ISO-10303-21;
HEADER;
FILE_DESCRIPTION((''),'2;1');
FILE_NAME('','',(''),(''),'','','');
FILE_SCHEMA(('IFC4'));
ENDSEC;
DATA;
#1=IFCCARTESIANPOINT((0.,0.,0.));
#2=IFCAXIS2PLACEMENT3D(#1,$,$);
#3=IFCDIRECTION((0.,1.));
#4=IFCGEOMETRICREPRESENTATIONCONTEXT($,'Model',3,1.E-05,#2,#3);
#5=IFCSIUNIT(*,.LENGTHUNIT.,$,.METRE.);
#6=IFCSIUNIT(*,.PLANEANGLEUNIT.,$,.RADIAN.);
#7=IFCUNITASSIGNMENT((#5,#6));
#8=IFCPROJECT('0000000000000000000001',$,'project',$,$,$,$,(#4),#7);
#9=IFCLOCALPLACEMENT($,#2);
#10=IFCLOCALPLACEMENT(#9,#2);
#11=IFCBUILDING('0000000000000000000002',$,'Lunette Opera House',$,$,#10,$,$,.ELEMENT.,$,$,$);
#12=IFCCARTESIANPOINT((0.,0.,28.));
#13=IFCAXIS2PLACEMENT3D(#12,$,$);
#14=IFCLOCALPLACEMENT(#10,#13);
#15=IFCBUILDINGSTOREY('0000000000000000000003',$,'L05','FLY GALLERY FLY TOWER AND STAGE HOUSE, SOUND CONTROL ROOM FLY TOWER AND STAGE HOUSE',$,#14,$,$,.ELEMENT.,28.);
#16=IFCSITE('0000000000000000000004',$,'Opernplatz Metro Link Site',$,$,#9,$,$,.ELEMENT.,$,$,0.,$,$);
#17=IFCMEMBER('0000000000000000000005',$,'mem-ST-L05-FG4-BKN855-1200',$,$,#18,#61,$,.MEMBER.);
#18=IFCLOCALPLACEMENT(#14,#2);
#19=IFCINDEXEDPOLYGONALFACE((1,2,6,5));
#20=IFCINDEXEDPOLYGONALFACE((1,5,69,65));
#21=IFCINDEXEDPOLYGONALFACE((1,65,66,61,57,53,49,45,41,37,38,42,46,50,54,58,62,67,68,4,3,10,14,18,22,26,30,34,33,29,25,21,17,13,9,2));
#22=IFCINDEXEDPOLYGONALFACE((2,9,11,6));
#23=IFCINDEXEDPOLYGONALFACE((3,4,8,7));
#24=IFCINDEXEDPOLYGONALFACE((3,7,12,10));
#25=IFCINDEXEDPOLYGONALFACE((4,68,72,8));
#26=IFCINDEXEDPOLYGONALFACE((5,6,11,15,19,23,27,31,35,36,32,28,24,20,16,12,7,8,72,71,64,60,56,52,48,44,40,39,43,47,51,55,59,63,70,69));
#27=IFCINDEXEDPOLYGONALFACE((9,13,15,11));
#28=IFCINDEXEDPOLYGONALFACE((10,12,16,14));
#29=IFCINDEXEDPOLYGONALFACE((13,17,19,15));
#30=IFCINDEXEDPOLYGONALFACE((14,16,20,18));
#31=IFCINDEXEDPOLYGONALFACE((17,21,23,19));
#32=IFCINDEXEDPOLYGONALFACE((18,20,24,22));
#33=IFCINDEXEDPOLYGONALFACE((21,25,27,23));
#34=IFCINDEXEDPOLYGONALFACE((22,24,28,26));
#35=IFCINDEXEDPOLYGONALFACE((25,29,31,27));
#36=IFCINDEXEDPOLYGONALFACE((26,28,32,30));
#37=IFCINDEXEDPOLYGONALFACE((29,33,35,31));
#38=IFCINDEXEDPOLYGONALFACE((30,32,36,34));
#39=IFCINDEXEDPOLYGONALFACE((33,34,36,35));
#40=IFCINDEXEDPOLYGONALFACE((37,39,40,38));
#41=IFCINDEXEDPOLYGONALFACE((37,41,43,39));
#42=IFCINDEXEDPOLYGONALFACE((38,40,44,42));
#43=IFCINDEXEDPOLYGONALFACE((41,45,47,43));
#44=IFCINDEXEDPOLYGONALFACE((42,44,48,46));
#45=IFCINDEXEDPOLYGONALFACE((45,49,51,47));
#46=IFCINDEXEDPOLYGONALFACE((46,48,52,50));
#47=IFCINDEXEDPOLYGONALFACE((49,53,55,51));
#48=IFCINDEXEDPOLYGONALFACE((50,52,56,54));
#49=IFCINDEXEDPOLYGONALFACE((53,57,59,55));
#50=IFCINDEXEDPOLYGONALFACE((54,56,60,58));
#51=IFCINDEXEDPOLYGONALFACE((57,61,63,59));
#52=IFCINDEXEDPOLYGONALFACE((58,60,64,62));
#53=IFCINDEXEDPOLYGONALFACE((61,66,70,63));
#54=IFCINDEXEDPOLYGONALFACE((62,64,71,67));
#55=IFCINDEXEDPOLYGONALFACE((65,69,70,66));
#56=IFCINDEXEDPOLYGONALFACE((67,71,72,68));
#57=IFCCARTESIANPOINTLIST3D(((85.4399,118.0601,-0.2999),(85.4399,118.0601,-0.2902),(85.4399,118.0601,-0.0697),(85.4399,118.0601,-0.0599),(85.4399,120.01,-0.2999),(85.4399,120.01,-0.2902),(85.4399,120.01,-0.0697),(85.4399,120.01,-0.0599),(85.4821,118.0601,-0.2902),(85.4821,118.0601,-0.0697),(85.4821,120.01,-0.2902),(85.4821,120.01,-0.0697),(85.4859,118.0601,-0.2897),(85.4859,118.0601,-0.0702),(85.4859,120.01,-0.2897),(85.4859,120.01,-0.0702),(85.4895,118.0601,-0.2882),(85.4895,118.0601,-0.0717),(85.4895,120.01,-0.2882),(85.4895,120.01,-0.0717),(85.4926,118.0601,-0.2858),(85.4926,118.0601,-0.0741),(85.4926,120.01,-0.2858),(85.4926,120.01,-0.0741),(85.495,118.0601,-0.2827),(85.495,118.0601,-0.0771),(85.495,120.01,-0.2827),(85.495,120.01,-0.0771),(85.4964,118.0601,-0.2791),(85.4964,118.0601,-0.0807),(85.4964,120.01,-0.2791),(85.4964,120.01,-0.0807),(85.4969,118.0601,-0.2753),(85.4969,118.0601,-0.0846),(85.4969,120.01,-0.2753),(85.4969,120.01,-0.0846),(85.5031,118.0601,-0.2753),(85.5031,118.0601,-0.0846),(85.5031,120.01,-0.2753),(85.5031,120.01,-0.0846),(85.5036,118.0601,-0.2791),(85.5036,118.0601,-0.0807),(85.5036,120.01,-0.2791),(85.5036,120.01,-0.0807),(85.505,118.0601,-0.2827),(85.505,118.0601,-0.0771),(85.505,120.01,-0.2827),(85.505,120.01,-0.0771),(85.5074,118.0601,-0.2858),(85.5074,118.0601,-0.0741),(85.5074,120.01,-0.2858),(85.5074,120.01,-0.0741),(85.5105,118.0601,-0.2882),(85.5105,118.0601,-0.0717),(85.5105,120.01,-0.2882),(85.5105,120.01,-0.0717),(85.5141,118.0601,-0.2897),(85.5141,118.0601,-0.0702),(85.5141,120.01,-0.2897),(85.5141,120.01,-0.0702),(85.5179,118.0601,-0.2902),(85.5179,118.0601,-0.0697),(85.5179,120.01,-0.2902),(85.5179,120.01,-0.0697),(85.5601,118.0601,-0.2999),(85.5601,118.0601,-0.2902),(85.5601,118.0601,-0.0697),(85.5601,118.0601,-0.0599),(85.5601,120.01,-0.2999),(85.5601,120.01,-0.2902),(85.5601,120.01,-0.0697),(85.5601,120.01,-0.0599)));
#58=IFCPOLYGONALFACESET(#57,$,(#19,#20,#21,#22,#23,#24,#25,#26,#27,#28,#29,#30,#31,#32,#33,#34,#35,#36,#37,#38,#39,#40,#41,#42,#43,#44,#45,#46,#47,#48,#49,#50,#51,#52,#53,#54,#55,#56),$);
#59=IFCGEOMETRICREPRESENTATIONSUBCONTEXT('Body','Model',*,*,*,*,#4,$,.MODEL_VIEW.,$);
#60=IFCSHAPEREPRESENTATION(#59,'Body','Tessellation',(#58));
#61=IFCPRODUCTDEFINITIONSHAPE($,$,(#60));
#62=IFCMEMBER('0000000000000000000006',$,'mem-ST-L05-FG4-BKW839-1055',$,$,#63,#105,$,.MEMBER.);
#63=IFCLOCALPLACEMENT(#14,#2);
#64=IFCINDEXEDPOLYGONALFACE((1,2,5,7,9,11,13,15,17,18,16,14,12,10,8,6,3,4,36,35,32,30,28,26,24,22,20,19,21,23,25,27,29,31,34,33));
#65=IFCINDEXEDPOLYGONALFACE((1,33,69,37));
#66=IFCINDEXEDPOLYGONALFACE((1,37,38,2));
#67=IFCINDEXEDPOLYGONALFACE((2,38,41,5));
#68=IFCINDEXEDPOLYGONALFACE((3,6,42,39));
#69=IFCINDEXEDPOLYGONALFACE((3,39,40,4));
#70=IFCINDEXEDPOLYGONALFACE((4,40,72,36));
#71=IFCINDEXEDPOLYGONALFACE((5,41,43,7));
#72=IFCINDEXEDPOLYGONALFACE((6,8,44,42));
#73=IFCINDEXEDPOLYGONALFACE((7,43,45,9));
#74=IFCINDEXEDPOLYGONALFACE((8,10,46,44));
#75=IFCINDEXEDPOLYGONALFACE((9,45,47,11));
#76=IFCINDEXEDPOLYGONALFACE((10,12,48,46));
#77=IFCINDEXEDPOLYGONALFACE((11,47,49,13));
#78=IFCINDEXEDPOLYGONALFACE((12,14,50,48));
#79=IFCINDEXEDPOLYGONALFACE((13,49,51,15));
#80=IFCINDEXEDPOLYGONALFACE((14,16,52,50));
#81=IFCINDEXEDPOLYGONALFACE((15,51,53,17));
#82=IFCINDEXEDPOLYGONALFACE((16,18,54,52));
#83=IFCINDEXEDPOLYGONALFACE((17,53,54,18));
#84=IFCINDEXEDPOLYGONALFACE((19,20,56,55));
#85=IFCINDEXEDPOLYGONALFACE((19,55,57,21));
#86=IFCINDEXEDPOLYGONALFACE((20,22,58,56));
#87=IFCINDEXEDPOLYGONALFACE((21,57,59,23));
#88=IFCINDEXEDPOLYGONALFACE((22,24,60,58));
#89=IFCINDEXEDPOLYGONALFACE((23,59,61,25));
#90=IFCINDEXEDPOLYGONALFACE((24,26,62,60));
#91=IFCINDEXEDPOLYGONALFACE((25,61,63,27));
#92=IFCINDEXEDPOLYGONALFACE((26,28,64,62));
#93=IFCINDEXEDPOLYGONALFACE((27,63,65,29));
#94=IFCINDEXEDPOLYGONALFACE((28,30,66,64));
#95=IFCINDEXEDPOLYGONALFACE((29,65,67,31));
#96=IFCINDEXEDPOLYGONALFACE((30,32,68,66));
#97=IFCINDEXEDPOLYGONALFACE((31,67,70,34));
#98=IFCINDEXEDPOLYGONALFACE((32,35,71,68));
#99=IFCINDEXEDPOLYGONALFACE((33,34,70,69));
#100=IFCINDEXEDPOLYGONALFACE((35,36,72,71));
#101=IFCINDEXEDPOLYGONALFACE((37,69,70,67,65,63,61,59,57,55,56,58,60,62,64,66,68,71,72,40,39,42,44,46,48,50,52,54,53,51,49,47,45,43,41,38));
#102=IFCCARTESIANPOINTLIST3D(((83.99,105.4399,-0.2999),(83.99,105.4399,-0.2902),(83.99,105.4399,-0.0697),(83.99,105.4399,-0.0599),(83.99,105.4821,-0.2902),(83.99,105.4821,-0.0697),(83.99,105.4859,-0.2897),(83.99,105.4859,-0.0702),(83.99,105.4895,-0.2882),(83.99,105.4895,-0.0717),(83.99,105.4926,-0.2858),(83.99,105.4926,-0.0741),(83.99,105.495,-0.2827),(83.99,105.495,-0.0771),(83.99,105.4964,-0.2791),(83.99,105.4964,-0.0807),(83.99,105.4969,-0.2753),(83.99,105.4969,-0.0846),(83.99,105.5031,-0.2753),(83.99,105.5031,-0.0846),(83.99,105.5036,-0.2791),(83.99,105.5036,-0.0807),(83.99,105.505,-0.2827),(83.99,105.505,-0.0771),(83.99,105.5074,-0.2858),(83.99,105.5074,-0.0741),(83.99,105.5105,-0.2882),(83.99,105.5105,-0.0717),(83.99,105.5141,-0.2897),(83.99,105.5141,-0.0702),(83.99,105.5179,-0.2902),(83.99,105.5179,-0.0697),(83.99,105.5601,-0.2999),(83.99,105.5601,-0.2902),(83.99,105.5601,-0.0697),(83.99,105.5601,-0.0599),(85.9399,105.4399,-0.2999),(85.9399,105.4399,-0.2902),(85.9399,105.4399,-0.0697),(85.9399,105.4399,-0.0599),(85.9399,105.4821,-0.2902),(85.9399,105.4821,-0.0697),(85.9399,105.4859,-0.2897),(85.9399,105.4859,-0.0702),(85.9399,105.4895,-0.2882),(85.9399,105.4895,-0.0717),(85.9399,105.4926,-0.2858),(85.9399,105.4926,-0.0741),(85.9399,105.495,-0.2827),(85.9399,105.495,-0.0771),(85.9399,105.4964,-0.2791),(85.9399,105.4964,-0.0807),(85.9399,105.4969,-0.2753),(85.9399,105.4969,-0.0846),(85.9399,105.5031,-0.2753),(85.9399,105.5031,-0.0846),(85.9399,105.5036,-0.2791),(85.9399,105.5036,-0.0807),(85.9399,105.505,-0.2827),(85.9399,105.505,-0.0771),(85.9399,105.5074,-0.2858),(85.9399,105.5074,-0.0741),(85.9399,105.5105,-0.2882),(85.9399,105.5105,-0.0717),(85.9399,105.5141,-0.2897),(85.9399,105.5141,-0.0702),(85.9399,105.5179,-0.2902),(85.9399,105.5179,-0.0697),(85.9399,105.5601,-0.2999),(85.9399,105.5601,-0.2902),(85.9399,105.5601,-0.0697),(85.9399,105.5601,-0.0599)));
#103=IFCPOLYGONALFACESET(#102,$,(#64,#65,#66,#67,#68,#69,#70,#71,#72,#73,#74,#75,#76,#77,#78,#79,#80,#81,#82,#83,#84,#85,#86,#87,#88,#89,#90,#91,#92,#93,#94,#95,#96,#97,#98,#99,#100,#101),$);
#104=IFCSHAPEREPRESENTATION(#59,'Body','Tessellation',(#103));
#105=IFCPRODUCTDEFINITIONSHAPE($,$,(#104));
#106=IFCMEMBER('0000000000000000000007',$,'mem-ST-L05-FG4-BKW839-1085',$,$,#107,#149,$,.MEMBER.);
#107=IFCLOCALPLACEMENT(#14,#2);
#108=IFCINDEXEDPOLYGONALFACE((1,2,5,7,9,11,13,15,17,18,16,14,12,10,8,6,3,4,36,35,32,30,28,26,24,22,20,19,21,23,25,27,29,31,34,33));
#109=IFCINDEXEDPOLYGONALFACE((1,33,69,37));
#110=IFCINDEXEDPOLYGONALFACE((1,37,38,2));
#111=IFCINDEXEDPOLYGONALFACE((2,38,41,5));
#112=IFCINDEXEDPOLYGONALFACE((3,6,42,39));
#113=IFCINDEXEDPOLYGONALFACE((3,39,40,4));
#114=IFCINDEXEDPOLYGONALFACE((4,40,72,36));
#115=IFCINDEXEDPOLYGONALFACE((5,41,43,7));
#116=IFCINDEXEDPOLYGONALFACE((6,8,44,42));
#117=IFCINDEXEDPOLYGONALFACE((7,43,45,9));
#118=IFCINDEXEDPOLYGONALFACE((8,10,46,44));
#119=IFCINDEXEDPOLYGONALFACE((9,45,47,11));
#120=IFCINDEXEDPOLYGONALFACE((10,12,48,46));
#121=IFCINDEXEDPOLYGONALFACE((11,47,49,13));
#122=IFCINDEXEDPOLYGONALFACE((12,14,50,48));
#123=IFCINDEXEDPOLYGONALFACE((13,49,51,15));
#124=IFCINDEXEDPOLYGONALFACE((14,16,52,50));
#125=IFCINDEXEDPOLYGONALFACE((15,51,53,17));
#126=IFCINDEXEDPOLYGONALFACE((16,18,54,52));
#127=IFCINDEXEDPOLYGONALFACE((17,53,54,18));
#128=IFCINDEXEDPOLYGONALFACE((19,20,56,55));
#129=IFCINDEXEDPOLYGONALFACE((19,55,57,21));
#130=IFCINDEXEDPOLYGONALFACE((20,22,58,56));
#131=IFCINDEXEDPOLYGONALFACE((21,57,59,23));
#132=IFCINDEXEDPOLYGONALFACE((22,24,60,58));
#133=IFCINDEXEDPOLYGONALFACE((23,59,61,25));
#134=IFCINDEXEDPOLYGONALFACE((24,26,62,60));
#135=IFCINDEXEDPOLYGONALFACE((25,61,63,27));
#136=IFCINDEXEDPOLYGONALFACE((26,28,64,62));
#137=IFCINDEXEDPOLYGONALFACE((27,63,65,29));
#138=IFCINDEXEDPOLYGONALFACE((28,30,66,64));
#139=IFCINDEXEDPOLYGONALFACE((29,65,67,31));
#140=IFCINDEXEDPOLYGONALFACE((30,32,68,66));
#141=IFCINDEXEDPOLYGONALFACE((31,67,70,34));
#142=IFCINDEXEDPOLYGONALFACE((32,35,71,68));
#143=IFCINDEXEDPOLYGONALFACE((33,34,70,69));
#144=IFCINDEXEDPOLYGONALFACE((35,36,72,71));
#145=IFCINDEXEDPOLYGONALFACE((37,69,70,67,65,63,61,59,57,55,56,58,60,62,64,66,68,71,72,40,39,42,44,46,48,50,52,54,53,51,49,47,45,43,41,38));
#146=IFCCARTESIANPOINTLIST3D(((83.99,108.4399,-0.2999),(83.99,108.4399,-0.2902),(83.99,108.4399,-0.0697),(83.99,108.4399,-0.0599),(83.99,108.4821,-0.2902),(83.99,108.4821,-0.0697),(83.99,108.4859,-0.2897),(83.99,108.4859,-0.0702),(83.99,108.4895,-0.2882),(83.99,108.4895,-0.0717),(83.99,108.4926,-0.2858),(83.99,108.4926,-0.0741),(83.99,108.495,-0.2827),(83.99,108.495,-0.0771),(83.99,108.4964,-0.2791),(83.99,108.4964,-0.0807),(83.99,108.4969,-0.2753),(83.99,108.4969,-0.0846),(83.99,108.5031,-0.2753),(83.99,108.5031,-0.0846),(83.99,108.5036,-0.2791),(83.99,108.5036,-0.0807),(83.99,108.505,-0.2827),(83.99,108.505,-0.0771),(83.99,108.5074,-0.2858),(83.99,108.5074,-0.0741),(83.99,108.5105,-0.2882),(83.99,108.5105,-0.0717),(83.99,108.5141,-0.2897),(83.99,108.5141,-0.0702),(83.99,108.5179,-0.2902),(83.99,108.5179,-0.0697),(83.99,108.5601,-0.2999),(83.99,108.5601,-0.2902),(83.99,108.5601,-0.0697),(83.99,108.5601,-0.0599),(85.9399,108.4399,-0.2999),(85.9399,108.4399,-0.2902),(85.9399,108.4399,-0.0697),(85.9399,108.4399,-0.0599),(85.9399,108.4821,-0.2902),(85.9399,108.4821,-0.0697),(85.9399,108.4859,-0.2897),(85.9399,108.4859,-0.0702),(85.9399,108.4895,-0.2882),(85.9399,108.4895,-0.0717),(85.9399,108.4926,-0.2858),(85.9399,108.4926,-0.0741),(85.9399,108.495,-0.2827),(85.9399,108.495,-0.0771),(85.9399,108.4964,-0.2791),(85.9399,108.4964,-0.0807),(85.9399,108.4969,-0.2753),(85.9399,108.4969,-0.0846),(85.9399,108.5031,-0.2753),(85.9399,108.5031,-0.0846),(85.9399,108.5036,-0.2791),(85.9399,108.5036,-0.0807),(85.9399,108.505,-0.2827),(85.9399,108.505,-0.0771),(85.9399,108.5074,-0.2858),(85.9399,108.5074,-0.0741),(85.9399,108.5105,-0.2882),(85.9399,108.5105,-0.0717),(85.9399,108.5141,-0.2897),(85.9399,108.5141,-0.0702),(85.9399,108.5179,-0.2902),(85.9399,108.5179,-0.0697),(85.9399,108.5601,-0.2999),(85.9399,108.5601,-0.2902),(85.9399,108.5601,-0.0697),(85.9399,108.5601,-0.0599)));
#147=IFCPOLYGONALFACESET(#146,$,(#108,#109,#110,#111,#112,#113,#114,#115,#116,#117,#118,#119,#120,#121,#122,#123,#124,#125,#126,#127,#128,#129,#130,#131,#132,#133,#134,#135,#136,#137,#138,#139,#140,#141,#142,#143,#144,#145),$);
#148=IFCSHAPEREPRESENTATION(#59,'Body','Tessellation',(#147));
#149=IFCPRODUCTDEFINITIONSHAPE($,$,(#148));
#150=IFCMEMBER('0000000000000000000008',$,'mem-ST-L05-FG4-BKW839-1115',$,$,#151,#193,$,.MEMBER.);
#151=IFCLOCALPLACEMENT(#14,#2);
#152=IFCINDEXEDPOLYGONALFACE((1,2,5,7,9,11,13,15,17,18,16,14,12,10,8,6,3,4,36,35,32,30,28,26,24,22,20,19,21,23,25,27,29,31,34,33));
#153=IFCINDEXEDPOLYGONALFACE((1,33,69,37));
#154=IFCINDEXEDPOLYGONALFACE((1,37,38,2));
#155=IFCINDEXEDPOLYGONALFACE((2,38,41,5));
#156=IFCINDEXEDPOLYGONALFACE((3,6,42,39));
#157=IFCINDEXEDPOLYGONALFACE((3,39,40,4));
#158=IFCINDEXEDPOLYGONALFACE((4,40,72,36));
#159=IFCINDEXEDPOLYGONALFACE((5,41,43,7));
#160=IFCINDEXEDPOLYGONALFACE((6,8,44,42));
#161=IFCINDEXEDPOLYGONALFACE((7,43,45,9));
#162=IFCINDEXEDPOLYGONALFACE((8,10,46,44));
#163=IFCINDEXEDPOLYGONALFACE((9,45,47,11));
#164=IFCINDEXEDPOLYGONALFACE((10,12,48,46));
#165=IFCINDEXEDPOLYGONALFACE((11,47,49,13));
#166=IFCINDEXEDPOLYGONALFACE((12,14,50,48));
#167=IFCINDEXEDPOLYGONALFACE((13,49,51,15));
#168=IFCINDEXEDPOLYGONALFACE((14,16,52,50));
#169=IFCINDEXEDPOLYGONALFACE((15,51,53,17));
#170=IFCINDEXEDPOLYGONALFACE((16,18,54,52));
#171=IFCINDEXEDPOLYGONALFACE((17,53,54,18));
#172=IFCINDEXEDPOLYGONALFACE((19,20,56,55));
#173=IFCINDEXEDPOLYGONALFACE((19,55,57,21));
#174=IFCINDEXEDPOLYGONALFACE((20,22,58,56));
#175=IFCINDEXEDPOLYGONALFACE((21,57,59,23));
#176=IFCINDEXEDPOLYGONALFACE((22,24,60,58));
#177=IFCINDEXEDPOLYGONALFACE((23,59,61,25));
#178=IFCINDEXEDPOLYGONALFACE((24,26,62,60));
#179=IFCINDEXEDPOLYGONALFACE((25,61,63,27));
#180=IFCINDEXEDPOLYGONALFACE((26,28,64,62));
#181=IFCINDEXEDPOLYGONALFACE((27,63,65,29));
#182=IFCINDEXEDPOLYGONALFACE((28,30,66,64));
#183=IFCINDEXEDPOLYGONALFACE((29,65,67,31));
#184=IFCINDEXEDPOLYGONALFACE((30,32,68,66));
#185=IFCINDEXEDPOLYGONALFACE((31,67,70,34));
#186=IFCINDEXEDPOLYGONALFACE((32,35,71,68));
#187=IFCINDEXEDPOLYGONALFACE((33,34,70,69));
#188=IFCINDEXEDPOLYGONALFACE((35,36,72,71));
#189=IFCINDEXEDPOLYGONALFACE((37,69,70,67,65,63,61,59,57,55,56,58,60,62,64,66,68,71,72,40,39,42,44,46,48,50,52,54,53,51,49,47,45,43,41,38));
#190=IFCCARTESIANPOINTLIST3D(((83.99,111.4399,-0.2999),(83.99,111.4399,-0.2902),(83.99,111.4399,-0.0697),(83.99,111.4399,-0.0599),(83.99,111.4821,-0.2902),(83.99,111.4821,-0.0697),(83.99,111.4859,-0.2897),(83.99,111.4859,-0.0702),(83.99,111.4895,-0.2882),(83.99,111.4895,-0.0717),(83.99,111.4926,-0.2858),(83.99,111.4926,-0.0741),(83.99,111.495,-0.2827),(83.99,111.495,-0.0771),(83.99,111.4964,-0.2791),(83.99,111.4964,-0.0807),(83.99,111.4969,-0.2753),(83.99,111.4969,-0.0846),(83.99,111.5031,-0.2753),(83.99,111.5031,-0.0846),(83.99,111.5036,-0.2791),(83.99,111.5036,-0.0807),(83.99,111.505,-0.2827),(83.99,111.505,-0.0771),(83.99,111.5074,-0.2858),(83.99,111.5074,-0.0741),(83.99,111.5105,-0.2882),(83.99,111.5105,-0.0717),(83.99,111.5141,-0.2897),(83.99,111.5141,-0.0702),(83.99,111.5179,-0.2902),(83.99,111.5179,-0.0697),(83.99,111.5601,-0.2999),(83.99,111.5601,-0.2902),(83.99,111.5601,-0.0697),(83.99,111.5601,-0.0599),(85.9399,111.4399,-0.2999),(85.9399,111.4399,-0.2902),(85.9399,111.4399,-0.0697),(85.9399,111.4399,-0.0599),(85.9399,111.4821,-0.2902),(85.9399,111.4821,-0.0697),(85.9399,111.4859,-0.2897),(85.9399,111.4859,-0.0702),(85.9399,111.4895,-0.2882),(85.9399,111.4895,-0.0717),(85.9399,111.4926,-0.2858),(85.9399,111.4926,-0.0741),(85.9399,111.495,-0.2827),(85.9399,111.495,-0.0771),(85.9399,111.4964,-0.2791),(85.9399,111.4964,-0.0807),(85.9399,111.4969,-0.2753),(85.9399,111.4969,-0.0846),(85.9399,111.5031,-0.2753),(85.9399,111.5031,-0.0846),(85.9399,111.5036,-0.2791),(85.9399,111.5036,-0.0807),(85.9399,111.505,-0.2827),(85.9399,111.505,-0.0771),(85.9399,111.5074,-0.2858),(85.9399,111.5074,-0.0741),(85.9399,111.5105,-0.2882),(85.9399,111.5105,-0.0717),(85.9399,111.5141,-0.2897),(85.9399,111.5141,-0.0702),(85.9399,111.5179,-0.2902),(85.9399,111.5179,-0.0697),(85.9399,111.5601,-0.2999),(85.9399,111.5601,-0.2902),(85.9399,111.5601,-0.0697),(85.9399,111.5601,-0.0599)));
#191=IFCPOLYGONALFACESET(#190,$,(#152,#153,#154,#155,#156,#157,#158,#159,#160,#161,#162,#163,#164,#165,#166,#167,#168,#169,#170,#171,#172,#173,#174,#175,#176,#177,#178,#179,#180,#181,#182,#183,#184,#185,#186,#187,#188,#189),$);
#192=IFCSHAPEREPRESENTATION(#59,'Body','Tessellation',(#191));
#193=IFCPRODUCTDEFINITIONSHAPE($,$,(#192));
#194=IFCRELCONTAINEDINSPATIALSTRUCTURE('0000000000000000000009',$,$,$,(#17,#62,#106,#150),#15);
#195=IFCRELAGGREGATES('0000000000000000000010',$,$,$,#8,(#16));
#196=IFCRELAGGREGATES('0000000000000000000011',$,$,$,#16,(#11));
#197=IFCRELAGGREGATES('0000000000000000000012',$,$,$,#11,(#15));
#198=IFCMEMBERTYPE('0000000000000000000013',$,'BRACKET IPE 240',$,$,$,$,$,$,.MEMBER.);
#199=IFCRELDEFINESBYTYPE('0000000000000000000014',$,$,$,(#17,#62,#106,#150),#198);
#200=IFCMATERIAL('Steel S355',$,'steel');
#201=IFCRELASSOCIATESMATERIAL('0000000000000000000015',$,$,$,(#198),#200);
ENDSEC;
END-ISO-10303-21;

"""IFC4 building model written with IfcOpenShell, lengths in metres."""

from ifc_helpers import new_model, si_unit, direction, frame, origin, origin_2d, place, context, subcontext, project, spatial, i_section, extrude, material, material_profile, profile_set, type_object, element, save


model = new_model("IFC4")

# Units and contexts
model_context = context("Model", 3, precision=1e-05, world=origin(), true_north=direction((0.0, 1.0)))
body_context = subcontext(model_context, "Body", "Model", "MODEL_VIEW")
ifc_project = project(units=[si_unit("LENGTHUNIT", "METRE"), si_unit("PLANEANGLEUNIT", "RADIAN")], contexts=[model_context])

# Site, building, storey
site_placement = place(None, origin())
site = spatial("IfcSite", under=ifc_project, at=site_placement, Name="Opernplatz Metro Link Site", CompositionType="ELEMENT", RefElevation=0.0)
building_placement = place(site_placement, origin())
building = spatial("IfcBuilding", under=site, at=building_placement, Name="Lunette Opera House", CompositionType="ELEMENT")
storey_placement = place(building_placement, frame((0.0, 0.0, 28.0)))
storey = spatial("IfcBuildingStorey", under=building, at=storey_placement, Name="L05", Description="FLY GALLERY FLY TOWER AND STAGE HOUSE, SOUND CONTROL ROOM FLY TOWER AND STAGE HOUSE", CompositionType="ELEMENT", Elevation=28.0)

# Members
ifc_material_1 = material(Name="Steel S355", Category="steel")
ifc_material_profile_1 = material_profile(ifc_material_1, i_section(OverallWidth=0.1201, OverallDepth=0.24, WebThickness=0.0061, FlangeThickness=0.0098, FilletRadius=0.0149, at=origin_2d()), Name="IPE 240")
ifc_profile_set_1 = profile_set([ifc_material_profile_1], Name="Steel S355")
member_type_1 = type_object("IfcMemberType", Name="BRACKET IPE 240", PredefinedType="MEMBER", material=ifc_profile_set_1)
for number, where, z_axis, x_axis, name in (
    (1, (85.5, 120.01, -0.1799), (0.0, -1.0, 0.0), (1.0, 0.0, 0.0), "mem-ST-L05-FG4-BKN855-1200"),
    (2, (83.99, 105.5, -0.1799), (1.0, 0.0, 0.0), (0.0, 1.0, 0.0), "mem-ST-L05-FG4-BKW839-1055"),
    (3, (83.99, 108.5, -0.1799), (1.0, 0.0, 0.0), (0.0, 1.0, 0.0), "mem-ST-L05-FG4-BKW839-1085"),
    (4, (83.99, 111.5, -0.1799), (1.0, 0.0, 0.0), (0.0, 1.0, 0.0), "mem-ST-L05-FG4-BKW839-1115"),
):
    element("IfcMember", number, at=place(storey_placement, frame(where, z_axis=z_axis, x_axis=x_axis)), inside=storey, type_object=member_type_1, Name=name, PredefinedType="MEMBER", context=body_context, shape_type="SweptSolid", body=[
        extrude(i_section(OverallWidth=0.1201, OverallDepth=0.24, WebThickness=0.0061, FlangeThickness=0.0098, FilletRadius=0.0149, at=origin_2d()), origin(), (0.0, 0.0, 1.0), 1.95),
    ])

save(model, "model.ifc")
